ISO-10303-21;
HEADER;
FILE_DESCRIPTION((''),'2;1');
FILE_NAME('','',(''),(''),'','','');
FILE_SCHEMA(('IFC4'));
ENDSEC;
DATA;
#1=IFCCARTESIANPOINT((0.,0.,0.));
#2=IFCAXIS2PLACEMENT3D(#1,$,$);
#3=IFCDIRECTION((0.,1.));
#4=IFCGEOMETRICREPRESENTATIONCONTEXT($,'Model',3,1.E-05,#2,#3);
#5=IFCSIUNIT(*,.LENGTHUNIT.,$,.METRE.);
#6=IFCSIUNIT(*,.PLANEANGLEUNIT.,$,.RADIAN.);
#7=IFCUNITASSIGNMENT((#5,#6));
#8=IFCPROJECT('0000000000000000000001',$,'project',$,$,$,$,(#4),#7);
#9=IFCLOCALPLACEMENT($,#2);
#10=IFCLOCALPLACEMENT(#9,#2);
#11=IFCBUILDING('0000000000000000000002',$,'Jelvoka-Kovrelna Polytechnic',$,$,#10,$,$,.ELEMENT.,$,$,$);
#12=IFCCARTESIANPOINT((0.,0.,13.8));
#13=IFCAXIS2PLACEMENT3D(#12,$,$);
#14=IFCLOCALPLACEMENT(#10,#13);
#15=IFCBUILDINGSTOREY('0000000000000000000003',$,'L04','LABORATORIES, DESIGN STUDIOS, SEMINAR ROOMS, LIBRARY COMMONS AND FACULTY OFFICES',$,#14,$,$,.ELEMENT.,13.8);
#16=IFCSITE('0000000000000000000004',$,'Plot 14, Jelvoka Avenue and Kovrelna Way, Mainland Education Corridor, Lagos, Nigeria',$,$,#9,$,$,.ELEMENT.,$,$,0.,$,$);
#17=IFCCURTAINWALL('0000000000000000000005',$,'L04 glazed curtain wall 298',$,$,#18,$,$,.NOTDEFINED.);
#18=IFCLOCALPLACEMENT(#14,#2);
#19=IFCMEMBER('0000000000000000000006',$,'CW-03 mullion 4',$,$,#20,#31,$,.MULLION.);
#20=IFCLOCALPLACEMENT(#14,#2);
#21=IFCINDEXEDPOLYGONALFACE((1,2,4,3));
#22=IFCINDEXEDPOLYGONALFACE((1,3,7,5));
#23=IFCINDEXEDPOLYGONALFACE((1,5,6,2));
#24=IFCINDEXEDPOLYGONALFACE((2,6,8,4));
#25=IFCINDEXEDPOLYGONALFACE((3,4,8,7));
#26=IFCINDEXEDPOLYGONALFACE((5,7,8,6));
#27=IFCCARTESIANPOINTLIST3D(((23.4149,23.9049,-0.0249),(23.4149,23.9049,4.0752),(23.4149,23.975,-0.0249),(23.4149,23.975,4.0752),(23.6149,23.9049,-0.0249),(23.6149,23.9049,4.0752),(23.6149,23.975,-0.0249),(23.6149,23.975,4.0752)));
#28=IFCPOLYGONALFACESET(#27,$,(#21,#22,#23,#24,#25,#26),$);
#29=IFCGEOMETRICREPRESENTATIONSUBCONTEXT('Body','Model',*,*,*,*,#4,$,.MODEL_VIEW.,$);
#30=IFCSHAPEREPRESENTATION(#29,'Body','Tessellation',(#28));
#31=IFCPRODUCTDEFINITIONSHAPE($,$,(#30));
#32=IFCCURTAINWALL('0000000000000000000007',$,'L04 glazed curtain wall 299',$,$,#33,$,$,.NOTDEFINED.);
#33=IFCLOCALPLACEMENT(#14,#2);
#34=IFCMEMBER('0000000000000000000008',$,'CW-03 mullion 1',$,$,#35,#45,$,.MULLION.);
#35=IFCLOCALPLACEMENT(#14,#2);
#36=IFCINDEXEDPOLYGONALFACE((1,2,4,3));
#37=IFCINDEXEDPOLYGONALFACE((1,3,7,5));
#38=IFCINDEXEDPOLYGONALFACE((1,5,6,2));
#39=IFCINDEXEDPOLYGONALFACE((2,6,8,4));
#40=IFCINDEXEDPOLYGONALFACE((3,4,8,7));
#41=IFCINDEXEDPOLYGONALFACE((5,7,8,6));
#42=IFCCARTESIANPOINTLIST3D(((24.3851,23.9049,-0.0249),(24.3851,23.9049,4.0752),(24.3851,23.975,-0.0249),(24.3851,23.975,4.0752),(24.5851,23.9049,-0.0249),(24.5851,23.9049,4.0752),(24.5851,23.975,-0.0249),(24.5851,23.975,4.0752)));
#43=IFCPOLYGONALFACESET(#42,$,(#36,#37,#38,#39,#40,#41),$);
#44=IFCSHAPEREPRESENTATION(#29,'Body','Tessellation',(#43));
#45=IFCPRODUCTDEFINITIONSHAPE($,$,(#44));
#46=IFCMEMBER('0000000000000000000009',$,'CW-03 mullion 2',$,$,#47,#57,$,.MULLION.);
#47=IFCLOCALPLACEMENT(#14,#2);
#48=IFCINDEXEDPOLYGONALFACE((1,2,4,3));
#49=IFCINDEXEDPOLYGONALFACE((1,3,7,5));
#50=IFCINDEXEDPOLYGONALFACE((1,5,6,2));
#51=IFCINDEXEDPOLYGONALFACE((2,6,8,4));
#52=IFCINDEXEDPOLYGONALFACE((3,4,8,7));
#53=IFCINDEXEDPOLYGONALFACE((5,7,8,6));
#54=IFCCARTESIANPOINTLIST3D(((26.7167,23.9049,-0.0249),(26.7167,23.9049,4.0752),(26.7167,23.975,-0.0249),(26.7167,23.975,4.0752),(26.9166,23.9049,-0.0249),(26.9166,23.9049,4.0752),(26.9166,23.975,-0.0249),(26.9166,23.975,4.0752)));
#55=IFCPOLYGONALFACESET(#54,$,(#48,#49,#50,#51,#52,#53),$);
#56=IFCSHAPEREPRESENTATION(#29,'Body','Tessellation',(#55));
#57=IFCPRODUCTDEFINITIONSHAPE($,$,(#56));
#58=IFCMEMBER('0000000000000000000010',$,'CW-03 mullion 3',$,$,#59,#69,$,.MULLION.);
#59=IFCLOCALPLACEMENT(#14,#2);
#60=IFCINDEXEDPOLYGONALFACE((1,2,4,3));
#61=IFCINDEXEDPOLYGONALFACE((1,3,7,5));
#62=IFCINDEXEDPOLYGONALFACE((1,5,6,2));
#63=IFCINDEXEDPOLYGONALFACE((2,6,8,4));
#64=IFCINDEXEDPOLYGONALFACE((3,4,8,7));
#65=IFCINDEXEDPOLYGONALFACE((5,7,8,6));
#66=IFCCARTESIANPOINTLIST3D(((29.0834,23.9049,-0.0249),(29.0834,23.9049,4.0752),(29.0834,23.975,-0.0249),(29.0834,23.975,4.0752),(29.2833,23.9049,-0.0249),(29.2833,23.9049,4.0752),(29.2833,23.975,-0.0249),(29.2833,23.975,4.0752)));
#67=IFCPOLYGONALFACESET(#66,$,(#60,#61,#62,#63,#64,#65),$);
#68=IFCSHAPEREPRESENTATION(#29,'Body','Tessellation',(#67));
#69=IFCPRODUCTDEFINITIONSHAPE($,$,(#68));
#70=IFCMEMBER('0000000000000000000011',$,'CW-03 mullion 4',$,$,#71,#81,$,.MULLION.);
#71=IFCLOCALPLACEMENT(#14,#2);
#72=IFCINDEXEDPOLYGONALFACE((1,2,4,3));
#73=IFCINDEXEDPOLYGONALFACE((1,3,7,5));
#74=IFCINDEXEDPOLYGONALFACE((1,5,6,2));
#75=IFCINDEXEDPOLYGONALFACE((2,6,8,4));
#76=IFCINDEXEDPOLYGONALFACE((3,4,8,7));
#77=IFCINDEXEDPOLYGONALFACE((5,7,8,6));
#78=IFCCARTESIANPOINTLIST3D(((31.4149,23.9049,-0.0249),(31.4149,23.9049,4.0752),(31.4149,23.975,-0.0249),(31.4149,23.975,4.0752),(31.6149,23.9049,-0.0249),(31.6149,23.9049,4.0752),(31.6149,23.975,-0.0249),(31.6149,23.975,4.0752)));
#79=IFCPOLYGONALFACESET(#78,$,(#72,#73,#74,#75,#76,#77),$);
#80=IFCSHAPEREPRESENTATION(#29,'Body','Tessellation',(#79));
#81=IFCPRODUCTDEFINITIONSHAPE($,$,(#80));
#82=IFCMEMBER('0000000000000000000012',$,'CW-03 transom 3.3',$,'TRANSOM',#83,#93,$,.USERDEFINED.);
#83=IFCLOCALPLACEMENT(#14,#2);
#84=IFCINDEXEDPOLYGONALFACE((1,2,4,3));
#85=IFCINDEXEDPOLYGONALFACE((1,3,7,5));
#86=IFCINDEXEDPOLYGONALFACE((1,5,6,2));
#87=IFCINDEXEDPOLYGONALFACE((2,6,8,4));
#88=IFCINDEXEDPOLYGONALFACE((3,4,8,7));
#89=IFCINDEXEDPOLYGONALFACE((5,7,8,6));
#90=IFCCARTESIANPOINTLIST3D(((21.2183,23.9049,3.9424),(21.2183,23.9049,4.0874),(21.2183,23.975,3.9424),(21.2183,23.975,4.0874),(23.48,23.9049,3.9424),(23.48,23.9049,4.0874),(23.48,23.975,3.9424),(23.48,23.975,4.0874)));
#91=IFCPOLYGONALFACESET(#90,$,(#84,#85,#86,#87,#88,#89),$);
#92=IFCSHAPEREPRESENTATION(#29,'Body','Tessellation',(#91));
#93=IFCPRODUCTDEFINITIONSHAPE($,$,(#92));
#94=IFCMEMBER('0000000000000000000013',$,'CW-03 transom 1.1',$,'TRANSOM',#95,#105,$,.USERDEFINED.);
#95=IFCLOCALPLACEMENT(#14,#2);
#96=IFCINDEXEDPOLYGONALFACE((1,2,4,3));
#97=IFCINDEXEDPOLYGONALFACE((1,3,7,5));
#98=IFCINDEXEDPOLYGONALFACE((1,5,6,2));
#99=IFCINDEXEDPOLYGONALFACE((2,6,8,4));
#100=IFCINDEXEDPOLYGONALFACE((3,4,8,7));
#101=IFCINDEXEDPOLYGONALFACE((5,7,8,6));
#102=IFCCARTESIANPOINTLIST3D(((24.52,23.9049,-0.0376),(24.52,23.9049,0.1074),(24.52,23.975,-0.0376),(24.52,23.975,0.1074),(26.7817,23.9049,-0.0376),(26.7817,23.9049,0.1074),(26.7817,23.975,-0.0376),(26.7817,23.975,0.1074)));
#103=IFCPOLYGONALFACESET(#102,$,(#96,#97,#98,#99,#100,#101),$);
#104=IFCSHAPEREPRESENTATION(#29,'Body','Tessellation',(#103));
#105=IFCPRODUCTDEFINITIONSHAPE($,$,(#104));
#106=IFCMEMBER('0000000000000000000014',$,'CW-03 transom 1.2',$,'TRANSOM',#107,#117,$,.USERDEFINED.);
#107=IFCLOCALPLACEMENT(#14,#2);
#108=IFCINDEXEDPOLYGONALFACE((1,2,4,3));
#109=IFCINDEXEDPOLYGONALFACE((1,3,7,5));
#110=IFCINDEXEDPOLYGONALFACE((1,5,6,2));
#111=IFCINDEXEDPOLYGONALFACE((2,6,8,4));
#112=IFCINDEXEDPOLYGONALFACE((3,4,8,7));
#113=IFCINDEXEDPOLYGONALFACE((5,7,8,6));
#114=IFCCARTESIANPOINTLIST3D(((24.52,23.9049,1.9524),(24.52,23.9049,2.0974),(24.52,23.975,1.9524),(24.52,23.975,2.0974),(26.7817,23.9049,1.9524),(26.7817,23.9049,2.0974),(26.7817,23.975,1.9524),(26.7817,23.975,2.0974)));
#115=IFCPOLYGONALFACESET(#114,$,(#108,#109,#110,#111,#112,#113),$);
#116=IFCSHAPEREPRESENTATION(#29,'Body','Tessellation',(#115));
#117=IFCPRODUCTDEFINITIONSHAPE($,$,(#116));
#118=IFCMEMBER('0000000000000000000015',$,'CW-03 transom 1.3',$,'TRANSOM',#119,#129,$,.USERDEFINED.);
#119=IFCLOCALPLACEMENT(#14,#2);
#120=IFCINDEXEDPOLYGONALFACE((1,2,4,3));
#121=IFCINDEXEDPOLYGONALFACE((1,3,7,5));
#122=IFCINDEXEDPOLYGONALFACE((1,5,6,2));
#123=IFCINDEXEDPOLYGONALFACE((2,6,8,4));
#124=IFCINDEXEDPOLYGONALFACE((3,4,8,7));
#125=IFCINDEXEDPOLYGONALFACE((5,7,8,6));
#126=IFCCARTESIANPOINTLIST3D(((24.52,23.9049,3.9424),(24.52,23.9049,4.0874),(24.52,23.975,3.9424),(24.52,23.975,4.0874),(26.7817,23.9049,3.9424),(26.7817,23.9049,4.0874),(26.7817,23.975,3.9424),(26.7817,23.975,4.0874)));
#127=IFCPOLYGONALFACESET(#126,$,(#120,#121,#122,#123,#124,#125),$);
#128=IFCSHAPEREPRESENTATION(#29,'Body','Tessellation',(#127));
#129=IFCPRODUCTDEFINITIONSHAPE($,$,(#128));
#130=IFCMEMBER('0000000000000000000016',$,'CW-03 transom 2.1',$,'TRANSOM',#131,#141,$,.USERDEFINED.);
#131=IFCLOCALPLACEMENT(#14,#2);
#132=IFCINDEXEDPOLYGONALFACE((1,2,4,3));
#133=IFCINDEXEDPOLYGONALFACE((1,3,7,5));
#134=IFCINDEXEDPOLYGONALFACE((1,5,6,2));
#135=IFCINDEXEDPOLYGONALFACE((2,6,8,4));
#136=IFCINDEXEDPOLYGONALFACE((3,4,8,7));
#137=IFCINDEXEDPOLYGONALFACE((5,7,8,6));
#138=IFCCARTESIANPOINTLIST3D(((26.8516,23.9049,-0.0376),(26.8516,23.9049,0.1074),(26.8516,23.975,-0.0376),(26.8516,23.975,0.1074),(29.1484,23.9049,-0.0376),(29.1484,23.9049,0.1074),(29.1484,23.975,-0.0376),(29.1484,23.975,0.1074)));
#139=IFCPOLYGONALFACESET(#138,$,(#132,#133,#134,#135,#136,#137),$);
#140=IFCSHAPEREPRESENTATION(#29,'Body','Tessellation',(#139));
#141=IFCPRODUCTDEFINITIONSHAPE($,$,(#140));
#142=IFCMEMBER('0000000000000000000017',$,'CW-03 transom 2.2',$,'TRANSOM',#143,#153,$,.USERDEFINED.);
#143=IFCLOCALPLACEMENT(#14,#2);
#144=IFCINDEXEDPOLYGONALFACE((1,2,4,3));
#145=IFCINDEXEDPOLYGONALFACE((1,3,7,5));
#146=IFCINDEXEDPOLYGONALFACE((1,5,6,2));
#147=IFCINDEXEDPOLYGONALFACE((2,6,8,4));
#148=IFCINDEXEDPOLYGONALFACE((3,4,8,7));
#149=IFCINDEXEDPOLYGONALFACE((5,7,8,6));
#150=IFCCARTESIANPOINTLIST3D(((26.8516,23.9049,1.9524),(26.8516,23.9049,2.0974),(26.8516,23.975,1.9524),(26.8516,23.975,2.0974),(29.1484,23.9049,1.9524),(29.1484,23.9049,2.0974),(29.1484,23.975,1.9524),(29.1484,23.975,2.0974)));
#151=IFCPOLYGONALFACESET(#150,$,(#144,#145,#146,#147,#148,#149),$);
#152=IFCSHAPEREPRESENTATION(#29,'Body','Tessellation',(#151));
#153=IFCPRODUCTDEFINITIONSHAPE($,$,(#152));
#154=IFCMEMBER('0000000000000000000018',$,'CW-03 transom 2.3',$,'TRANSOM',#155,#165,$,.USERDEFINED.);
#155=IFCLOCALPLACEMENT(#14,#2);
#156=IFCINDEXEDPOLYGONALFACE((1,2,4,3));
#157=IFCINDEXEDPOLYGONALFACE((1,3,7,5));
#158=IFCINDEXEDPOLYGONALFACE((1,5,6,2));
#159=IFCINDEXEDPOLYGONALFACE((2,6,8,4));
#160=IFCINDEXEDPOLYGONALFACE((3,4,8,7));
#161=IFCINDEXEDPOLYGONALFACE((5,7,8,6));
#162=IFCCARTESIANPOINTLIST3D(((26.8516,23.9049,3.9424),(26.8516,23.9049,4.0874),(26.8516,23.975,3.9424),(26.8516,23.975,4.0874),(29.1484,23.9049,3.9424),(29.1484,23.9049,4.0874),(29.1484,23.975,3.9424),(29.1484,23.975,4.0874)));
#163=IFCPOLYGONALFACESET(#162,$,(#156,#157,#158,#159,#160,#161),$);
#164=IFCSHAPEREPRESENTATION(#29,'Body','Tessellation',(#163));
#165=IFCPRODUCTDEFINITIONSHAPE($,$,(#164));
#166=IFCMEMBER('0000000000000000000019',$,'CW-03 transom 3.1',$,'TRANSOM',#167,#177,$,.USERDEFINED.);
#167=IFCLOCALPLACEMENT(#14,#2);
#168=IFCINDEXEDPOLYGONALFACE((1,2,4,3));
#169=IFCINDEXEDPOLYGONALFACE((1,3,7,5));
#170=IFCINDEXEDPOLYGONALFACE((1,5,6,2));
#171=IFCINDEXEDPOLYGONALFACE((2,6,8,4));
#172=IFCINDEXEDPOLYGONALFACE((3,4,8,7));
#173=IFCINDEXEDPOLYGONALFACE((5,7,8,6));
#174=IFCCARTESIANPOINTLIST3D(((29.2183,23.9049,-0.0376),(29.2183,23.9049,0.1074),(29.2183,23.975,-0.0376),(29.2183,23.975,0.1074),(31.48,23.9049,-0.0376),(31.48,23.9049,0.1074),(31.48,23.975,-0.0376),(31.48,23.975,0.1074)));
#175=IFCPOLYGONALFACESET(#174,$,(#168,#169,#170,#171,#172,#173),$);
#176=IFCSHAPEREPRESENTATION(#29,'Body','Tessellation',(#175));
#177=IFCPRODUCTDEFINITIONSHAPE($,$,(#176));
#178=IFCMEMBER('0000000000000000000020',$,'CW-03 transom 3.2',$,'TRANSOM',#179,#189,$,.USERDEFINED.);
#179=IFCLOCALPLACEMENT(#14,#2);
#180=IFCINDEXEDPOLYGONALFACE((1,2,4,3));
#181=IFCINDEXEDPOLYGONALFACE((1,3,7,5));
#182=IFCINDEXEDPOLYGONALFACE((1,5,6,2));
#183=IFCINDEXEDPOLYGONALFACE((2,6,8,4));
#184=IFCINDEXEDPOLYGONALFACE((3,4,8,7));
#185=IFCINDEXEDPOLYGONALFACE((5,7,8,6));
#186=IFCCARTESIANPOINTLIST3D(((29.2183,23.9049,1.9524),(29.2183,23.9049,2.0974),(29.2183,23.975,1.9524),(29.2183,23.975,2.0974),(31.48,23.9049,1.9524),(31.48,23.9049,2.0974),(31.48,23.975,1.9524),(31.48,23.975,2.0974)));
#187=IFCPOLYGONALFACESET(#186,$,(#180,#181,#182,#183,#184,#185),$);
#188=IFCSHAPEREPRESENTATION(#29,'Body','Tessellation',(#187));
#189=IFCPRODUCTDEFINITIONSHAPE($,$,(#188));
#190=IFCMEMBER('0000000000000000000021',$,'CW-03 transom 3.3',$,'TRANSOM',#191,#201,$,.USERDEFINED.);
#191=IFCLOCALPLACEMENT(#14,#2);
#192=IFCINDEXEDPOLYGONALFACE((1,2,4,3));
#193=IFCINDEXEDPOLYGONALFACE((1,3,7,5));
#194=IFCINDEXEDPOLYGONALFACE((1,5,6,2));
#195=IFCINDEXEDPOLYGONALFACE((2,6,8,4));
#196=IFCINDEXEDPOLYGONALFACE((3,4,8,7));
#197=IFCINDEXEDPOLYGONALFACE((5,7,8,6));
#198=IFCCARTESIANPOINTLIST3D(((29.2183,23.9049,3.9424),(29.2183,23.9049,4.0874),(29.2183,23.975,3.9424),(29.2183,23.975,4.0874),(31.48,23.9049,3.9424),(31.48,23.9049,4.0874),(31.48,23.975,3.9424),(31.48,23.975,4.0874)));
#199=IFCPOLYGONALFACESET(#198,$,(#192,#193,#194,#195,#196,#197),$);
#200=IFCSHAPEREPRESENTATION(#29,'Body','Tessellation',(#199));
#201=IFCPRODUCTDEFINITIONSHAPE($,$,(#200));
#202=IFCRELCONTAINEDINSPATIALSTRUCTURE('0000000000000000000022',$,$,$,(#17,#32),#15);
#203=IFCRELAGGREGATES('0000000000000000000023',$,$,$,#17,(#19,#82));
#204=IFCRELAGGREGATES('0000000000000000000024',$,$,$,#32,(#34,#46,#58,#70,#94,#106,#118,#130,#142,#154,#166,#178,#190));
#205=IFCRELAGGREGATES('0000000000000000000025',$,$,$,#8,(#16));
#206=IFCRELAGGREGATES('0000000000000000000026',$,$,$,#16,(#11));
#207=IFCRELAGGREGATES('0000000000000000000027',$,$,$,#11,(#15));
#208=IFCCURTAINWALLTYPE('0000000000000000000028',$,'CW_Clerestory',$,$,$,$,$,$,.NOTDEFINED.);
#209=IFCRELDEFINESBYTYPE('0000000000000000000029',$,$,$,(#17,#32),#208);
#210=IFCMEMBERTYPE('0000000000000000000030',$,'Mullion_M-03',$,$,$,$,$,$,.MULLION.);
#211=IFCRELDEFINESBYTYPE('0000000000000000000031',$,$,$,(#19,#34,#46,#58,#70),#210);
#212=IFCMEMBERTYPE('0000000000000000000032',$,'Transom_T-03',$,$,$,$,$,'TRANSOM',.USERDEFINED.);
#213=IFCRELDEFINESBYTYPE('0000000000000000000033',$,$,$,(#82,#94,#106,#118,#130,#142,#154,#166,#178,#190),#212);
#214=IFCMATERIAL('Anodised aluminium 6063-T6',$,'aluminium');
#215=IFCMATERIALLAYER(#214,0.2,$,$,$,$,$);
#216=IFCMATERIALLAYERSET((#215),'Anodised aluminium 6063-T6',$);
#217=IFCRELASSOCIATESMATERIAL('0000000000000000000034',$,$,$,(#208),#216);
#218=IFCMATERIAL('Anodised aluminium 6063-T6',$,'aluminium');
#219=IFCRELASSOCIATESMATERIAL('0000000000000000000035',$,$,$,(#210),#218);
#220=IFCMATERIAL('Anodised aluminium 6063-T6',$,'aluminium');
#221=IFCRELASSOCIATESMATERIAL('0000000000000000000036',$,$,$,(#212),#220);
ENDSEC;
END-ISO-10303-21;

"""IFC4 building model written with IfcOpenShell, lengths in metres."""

from ifc_helpers import new_model, si_unit, direction, frame, origin, origin_2d, place, context, subcontext, project, spatial, rectangle, extrude, material, layer, layer_set, material_profile, profile_set, type_object, element, aggregate, save


model = new_model("IFC4")

# Units and contexts
model_context = context("Model", 3, precision=1e-05, world=origin(), true_north=direction((0.0, 1.0)))
body_context = subcontext(model_context, "Body", "Model", "MODEL_VIEW")
ifc_project = project(units=[si_unit("LENGTHUNIT", "METRE"), si_unit("PLANEANGLEUNIT", "RADIAN")], contexts=[model_context])

# Site, building, storey
site_placement = place(None, origin())
site = spatial("IfcSite", under=ifc_project, at=site_placement, Name="Plot 14, Jelvoka Avenue and Kovrelna Way, Mainland Education Corridor, Lagos, Nigeria", CompositionType="ELEMENT", RefElevation=0.0)
building_placement = place(site_placement, origin())
building = spatial("IfcBuilding", under=site, at=building_placement, Name="Jelvoka-Kovrelna Polytechnic", CompositionType="ELEMENT")
storey_placement = place(building_placement, frame((0.0, 0.0, 13.8)))
storey = spatial("IfcBuildingStorey", under=building, at=storey_placement, Name="L04", Description="LABORATORIES, DESIGN STUDIOS, SEMINAR ROOMS, LIBRARY COMMONS AND FACULTY OFFICES", CompositionType="ELEMENT", Elevation=13.8)

# Curtain wall, member
ifc_material_1 = material(Name="Anodised aluminium 6063-T6", Category="aluminium")
ifc_layer_1 = layer(ifc_material_1, 0.2)
ifc_layer_set_1 = layer_set([ifc_layer_1], Name="Anodised aluminium 6063-T6")
curtain_wall_type = type_object("IfcCurtainWallType", Name="CW_Clerestory", PredefinedType="NOTDEFINED", material=ifc_layer_set_1)
curtain_wall_1_placement = place(storey_placement, origin())
curtain_wall_1 = element("IfcCurtainWall", 1, at=curtain_wall_1_placement, inside=storey, type_object=curtain_wall_type, Name="L04 glazed curtain wall 298", PredefinedType="NOTDEFINED")
ifc_material_2 = material(Name="Anodised aluminium 6063-T6", Category="aluminium")
ifc_material_profile_1 = material_profile(ifc_material_2, rectangle(XDim=0.0701, YDim=0.2, at=origin_2d()), Name="ALU 70x200")
ifc_profile_set_1 = profile_set([ifc_material_profile_1], Name="Anodised aluminium 6063-T6")
member_type_1 = type_object("IfcMemberType", Name="Mullion_M-03", PredefinedType="MULLION", material=ifc_profile_set_1)
member_1_placement = place(storey_placement, frame((23.5149, 23.9399, -0.0249), z_axis=(0.0, 0.0, 1.0), x_axis=(0.0, 1.0, 0.0)))
member_1 = element("IfcMember", 2, at=member_1_placement, type_object=member_type_1, Name="CW-03 mullion 4", PredefinedType="MULLION", context=body_context, shape_type="SweptSolid", body=[
    extrude(rectangle(XDim=0.0701, YDim=0.2, at=origin_2d()), origin(), (0.0, 0.0, 1.0), 4.1001),
])

# Curtain wall, members
curtain_wall_2_placement = place(storey_placement, origin())
curtain_wall_2 = element("IfcCurtainWall", 3, at=curtain_wall_2_placement, inside=storey, type_object=curtain_wall_type, Name="L04 glazed curtain wall 299", PredefinedType="NOTDEFINED")
member_2_placement = place(storey_placement, frame((24.4851, 23.9399, -0.0249), z_axis=(0.0, 0.0, 1.0), x_axis=(0.0, 1.0, 0.0)))
member_2 = element("IfcMember", 4, at=member_2_placement, type_object=member_type_1, Name="CW-03 mullion 1", PredefinedType="MULLION", context=body_context, shape_type="SweptSolid", body=[
    extrude(rectangle(XDim=0.0701, YDim=0.2, at=origin_2d()), origin(), (0.0, 0.0, 1.0), 4.1001),
])
member_3_placement = place(storey_placement, frame((26.8167, 23.9399, -0.0249), z_axis=(0.0, 0.0, 1.0), x_axis=(0.0, 1.0, 0.0)))
member_3 = element("IfcMember", 5, at=member_3_placement, type_object=member_type_1, Name="CW-03 mullion 2", PredefinedType="MULLION", context=body_context, shape_type="SweptSolid", body=[
    extrude(rectangle(XDim=0.0701, YDim=0.2, at=origin_2d()), origin(), (0.0, 0.0, 1.0), 4.1001),
])
member_4_placement = place(storey_placement, frame((29.1833, 23.9399, -0.0249), z_axis=(0.0, 0.0, 1.0), x_axis=(0.0, 1.0, 0.0)))
member_4 = element("IfcMember", 6, at=member_4_placement, type_object=member_type_1, Name="CW-03 mullion 3", PredefinedType="MULLION", context=body_context, shape_type="SweptSolid", body=[
    extrude(rectangle(XDim=0.0701, YDim=0.2, at=origin_2d()), origin(), (0.0, 0.0, 1.0), 4.1001),
])
member_5_placement = place(storey_placement, frame((31.5149, 23.9399, -0.0249), z_axis=(0.0, 0.0, 1.0), x_axis=(0.0, 1.0, 0.0)))
member_5 = element("IfcMember", 7, at=member_5_placement, type_object=member_type_1, Name="CW-03 mullion 4", PredefinedType="MULLION", context=body_context, shape_type="SweptSolid", body=[
    extrude(rectangle(XDim=0.0701, YDim=0.2, at=origin_2d()), origin(), (0.0, 0.0, 1.0), 4.1001),
])

# Members
ifc_material_3 = material(Name="Anodised aluminium 6063-T6", Category="aluminium")
ifc_material_profile_2 = material_profile(ifc_material_3, rectangle(XDim=0.0701, YDim=0.145, at=origin_2d()), Name="ALU 70x145")
ifc_profile_set_2 = profile_set([ifc_material_profile_2], Name="Anodised aluminium 6063-T6")
member_type_2 = type_object("IfcMemberType", Name="Transom_T-03", ElementType="TRANSOM", PredefinedType="USERDEFINED", material=ifc_profile_set_2)
member_6_placement = place(storey_placement, frame((21.2183, 23.9399, 4.0149), z_axis=(1.0, 0.0, 0.0), x_axis=(0.0, 1.0, 0.0)))
member_6 = element("IfcMember", 8, at=member_6_placement, type_object=member_type_2, Name="CW-03 transom 3.3", ObjectType="TRANSOM", PredefinedType="USERDEFINED", context=body_context, shape_type="SweptSolid", body=[
    extrude(rectangle(XDim=0.0701, YDim=0.145, at=origin_2d()), origin(), (0.0, 0.0, 1.0), 2.2617),
])
member_7_placement = place(storey_placement, frame((24.52, 23.9399, 0.0349), z_axis=(1.0, 0.0, 0.0), x_axis=(0.0, 1.0, 0.0)))
member_7 = element("IfcMember", 9, at=member_7_placement, type_object=member_type_2, Name="CW-03 transom 1.1", ObjectType="TRANSOM", PredefinedType="USERDEFINED", context=body_context, shape_type="SweptSolid", body=[
    extrude(rectangle(XDim=0.0701, YDim=0.145, at=origin_2d()), origin(), (0.0, 0.0, 1.0), 2.2617),
])
member_8_placement = place(storey_placement, frame((24.52, 23.9399, 2.0249), z_axis=(1.0, 0.0, 0.0), x_axis=(0.0, 1.0, 0.0)))
member_8 = element("IfcMember", 10, at=member_8_placement, type_object=member_type_2, Name="CW-03 transom 1.2", ObjectType="TRANSOM", PredefinedType="USERDEFINED", context=body_context, shape_type="SweptSolid", body=[
    extrude(rectangle(XDim=0.0701, YDim=0.145, at=origin_2d()), origin(), (0.0, 0.0, 1.0), 2.2617),
])
member_9_placement = place(storey_placement, frame((24.52, 23.9399, 4.0149), z_axis=(1.0, 0.0, 0.0), x_axis=(0.0, 1.0, 0.0)))
member_9 = element("IfcMember", 11, at=member_9_placement, type_object=member_type_2, Name="CW-03 transom 1.3", ObjectType="TRANSOM", PredefinedType="USERDEFINED", context=body_context, shape_type="SweptSolid", body=[
    extrude(rectangle(XDim=0.0701, YDim=0.145, at=origin_2d()), origin(), (0.0, 0.0, 1.0), 2.2617),
])
member_10_placement = place(storey_placement, frame((26.8516, 23.9399, 0.0349), z_axis=(1.0, 0.0, 0.0), x_axis=(0.0, 1.0, 0.0)))
member_10 = element("IfcMember", 12, at=member_10_placement, type_object=member_type_2, Name="CW-03 transom 2.1", ObjectType="TRANSOM", PredefinedType="USERDEFINED", context=body_context, shape_type="SweptSolid", body=[
    extrude(rectangle(XDim=0.0701, YDim=0.145, at=origin_2d()), origin(), (0.0, 0.0, 1.0), 2.2969),
])
member_11_placement = place(storey_placement, frame((26.8516, 23.9399, 2.0249), z_axis=(1.0, 0.0, 0.0), x_axis=(0.0, 1.0, 0.0)))
member_11 = element("IfcMember", 13, at=member_11_placement, type_object=member_type_2, Name="CW-03 transom 2.2", ObjectType="TRANSOM", PredefinedType="USERDEFINED", context=body_context, shape_type="SweptSolid", body=[
    extrude(rectangle(XDim=0.0701, YDim=0.145, at=origin_2d()), origin(), (0.0, 0.0, 1.0), 2.2969),
])
member_12_placement = place(storey_placement, frame((26.8516, 23.9399, 4.0149), z_axis=(1.0, 0.0, 0.0), x_axis=(0.0, 1.0, 0.0)))
member_12 = element("IfcMember", 14, at=member_12_placement, type_object=member_type_2, Name="CW-03 transom 2.3", ObjectType="TRANSOM", PredefinedType="USERDEFINED", context=body_context, shape_type="SweptSolid", body=[
    extrude(rectangle(XDim=0.0701, YDim=0.145, at=origin_2d()), origin(), (0.0, 0.0, 1.0), 2.2969),
])
member_13_placement = place(storey_placement, frame((29.2183, 23.9399, 0.0349), z_axis=(1.0, 0.0, 0.0), x_axis=(0.0, 1.0, 0.0)))
member_13 = element("IfcMember", 15, at=member_13_placement, type_object=member_type_2, Name="CW-03 transom 3.1", ObjectType="TRANSOM", PredefinedType="USERDEFINED", context=body_context, shape_type="SweptSolid", body=[
    extrude(rectangle(XDim=0.0701, YDim=0.145, at=origin_2d()), origin(), (0.0, 0.0, 1.0), 2.2617),
])
member_14_placement = place(storey_placement, frame((29.2183, 23.9399, 2.0249), z_axis=(1.0, 0.0, 0.0), x_axis=(0.0, 1.0, 0.0)))
member_14 = element("IfcMember", 16, at=member_14_placement, type_object=member_type_2, Name="CW-03 transom 3.2", ObjectType="TRANSOM", PredefinedType="USERDEFINED", context=body_context, shape_type="SweptSolid", body=[
    extrude(rectangle(XDim=0.0701, YDim=0.145, at=origin_2d()), origin(), (0.0, 0.0, 1.0), 2.2617),
])
member_15_placement = place(storey_placement, frame((29.2183, 23.9399, 4.0149), z_axis=(1.0, 0.0, 0.0), x_axis=(0.0, 1.0, 0.0)))
member_15 = element("IfcMember", 17, at=member_15_placement, type_object=member_type_2, Name="CW-03 transom 3.3", ObjectType="TRANSOM", PredefinedType="USERDEFINED", context=body_context, shape_type="SweptSolid", body=[
    extrude(rectangle(XDim=0.0701, YDim=0.145, at=origin_2d()), origin(), (0.0, 0.0, 1.0), 2.2617),
])

aggregate(curtain_wall_1, [member_1, member_6])
aggregate(curtain_wall_2, [member_2, member_3, member_4, member_5, member_7, member_8, member_9, member_10, member_11, member_12, member_13, member_14, member_15])

save(model, "model.ifc")
